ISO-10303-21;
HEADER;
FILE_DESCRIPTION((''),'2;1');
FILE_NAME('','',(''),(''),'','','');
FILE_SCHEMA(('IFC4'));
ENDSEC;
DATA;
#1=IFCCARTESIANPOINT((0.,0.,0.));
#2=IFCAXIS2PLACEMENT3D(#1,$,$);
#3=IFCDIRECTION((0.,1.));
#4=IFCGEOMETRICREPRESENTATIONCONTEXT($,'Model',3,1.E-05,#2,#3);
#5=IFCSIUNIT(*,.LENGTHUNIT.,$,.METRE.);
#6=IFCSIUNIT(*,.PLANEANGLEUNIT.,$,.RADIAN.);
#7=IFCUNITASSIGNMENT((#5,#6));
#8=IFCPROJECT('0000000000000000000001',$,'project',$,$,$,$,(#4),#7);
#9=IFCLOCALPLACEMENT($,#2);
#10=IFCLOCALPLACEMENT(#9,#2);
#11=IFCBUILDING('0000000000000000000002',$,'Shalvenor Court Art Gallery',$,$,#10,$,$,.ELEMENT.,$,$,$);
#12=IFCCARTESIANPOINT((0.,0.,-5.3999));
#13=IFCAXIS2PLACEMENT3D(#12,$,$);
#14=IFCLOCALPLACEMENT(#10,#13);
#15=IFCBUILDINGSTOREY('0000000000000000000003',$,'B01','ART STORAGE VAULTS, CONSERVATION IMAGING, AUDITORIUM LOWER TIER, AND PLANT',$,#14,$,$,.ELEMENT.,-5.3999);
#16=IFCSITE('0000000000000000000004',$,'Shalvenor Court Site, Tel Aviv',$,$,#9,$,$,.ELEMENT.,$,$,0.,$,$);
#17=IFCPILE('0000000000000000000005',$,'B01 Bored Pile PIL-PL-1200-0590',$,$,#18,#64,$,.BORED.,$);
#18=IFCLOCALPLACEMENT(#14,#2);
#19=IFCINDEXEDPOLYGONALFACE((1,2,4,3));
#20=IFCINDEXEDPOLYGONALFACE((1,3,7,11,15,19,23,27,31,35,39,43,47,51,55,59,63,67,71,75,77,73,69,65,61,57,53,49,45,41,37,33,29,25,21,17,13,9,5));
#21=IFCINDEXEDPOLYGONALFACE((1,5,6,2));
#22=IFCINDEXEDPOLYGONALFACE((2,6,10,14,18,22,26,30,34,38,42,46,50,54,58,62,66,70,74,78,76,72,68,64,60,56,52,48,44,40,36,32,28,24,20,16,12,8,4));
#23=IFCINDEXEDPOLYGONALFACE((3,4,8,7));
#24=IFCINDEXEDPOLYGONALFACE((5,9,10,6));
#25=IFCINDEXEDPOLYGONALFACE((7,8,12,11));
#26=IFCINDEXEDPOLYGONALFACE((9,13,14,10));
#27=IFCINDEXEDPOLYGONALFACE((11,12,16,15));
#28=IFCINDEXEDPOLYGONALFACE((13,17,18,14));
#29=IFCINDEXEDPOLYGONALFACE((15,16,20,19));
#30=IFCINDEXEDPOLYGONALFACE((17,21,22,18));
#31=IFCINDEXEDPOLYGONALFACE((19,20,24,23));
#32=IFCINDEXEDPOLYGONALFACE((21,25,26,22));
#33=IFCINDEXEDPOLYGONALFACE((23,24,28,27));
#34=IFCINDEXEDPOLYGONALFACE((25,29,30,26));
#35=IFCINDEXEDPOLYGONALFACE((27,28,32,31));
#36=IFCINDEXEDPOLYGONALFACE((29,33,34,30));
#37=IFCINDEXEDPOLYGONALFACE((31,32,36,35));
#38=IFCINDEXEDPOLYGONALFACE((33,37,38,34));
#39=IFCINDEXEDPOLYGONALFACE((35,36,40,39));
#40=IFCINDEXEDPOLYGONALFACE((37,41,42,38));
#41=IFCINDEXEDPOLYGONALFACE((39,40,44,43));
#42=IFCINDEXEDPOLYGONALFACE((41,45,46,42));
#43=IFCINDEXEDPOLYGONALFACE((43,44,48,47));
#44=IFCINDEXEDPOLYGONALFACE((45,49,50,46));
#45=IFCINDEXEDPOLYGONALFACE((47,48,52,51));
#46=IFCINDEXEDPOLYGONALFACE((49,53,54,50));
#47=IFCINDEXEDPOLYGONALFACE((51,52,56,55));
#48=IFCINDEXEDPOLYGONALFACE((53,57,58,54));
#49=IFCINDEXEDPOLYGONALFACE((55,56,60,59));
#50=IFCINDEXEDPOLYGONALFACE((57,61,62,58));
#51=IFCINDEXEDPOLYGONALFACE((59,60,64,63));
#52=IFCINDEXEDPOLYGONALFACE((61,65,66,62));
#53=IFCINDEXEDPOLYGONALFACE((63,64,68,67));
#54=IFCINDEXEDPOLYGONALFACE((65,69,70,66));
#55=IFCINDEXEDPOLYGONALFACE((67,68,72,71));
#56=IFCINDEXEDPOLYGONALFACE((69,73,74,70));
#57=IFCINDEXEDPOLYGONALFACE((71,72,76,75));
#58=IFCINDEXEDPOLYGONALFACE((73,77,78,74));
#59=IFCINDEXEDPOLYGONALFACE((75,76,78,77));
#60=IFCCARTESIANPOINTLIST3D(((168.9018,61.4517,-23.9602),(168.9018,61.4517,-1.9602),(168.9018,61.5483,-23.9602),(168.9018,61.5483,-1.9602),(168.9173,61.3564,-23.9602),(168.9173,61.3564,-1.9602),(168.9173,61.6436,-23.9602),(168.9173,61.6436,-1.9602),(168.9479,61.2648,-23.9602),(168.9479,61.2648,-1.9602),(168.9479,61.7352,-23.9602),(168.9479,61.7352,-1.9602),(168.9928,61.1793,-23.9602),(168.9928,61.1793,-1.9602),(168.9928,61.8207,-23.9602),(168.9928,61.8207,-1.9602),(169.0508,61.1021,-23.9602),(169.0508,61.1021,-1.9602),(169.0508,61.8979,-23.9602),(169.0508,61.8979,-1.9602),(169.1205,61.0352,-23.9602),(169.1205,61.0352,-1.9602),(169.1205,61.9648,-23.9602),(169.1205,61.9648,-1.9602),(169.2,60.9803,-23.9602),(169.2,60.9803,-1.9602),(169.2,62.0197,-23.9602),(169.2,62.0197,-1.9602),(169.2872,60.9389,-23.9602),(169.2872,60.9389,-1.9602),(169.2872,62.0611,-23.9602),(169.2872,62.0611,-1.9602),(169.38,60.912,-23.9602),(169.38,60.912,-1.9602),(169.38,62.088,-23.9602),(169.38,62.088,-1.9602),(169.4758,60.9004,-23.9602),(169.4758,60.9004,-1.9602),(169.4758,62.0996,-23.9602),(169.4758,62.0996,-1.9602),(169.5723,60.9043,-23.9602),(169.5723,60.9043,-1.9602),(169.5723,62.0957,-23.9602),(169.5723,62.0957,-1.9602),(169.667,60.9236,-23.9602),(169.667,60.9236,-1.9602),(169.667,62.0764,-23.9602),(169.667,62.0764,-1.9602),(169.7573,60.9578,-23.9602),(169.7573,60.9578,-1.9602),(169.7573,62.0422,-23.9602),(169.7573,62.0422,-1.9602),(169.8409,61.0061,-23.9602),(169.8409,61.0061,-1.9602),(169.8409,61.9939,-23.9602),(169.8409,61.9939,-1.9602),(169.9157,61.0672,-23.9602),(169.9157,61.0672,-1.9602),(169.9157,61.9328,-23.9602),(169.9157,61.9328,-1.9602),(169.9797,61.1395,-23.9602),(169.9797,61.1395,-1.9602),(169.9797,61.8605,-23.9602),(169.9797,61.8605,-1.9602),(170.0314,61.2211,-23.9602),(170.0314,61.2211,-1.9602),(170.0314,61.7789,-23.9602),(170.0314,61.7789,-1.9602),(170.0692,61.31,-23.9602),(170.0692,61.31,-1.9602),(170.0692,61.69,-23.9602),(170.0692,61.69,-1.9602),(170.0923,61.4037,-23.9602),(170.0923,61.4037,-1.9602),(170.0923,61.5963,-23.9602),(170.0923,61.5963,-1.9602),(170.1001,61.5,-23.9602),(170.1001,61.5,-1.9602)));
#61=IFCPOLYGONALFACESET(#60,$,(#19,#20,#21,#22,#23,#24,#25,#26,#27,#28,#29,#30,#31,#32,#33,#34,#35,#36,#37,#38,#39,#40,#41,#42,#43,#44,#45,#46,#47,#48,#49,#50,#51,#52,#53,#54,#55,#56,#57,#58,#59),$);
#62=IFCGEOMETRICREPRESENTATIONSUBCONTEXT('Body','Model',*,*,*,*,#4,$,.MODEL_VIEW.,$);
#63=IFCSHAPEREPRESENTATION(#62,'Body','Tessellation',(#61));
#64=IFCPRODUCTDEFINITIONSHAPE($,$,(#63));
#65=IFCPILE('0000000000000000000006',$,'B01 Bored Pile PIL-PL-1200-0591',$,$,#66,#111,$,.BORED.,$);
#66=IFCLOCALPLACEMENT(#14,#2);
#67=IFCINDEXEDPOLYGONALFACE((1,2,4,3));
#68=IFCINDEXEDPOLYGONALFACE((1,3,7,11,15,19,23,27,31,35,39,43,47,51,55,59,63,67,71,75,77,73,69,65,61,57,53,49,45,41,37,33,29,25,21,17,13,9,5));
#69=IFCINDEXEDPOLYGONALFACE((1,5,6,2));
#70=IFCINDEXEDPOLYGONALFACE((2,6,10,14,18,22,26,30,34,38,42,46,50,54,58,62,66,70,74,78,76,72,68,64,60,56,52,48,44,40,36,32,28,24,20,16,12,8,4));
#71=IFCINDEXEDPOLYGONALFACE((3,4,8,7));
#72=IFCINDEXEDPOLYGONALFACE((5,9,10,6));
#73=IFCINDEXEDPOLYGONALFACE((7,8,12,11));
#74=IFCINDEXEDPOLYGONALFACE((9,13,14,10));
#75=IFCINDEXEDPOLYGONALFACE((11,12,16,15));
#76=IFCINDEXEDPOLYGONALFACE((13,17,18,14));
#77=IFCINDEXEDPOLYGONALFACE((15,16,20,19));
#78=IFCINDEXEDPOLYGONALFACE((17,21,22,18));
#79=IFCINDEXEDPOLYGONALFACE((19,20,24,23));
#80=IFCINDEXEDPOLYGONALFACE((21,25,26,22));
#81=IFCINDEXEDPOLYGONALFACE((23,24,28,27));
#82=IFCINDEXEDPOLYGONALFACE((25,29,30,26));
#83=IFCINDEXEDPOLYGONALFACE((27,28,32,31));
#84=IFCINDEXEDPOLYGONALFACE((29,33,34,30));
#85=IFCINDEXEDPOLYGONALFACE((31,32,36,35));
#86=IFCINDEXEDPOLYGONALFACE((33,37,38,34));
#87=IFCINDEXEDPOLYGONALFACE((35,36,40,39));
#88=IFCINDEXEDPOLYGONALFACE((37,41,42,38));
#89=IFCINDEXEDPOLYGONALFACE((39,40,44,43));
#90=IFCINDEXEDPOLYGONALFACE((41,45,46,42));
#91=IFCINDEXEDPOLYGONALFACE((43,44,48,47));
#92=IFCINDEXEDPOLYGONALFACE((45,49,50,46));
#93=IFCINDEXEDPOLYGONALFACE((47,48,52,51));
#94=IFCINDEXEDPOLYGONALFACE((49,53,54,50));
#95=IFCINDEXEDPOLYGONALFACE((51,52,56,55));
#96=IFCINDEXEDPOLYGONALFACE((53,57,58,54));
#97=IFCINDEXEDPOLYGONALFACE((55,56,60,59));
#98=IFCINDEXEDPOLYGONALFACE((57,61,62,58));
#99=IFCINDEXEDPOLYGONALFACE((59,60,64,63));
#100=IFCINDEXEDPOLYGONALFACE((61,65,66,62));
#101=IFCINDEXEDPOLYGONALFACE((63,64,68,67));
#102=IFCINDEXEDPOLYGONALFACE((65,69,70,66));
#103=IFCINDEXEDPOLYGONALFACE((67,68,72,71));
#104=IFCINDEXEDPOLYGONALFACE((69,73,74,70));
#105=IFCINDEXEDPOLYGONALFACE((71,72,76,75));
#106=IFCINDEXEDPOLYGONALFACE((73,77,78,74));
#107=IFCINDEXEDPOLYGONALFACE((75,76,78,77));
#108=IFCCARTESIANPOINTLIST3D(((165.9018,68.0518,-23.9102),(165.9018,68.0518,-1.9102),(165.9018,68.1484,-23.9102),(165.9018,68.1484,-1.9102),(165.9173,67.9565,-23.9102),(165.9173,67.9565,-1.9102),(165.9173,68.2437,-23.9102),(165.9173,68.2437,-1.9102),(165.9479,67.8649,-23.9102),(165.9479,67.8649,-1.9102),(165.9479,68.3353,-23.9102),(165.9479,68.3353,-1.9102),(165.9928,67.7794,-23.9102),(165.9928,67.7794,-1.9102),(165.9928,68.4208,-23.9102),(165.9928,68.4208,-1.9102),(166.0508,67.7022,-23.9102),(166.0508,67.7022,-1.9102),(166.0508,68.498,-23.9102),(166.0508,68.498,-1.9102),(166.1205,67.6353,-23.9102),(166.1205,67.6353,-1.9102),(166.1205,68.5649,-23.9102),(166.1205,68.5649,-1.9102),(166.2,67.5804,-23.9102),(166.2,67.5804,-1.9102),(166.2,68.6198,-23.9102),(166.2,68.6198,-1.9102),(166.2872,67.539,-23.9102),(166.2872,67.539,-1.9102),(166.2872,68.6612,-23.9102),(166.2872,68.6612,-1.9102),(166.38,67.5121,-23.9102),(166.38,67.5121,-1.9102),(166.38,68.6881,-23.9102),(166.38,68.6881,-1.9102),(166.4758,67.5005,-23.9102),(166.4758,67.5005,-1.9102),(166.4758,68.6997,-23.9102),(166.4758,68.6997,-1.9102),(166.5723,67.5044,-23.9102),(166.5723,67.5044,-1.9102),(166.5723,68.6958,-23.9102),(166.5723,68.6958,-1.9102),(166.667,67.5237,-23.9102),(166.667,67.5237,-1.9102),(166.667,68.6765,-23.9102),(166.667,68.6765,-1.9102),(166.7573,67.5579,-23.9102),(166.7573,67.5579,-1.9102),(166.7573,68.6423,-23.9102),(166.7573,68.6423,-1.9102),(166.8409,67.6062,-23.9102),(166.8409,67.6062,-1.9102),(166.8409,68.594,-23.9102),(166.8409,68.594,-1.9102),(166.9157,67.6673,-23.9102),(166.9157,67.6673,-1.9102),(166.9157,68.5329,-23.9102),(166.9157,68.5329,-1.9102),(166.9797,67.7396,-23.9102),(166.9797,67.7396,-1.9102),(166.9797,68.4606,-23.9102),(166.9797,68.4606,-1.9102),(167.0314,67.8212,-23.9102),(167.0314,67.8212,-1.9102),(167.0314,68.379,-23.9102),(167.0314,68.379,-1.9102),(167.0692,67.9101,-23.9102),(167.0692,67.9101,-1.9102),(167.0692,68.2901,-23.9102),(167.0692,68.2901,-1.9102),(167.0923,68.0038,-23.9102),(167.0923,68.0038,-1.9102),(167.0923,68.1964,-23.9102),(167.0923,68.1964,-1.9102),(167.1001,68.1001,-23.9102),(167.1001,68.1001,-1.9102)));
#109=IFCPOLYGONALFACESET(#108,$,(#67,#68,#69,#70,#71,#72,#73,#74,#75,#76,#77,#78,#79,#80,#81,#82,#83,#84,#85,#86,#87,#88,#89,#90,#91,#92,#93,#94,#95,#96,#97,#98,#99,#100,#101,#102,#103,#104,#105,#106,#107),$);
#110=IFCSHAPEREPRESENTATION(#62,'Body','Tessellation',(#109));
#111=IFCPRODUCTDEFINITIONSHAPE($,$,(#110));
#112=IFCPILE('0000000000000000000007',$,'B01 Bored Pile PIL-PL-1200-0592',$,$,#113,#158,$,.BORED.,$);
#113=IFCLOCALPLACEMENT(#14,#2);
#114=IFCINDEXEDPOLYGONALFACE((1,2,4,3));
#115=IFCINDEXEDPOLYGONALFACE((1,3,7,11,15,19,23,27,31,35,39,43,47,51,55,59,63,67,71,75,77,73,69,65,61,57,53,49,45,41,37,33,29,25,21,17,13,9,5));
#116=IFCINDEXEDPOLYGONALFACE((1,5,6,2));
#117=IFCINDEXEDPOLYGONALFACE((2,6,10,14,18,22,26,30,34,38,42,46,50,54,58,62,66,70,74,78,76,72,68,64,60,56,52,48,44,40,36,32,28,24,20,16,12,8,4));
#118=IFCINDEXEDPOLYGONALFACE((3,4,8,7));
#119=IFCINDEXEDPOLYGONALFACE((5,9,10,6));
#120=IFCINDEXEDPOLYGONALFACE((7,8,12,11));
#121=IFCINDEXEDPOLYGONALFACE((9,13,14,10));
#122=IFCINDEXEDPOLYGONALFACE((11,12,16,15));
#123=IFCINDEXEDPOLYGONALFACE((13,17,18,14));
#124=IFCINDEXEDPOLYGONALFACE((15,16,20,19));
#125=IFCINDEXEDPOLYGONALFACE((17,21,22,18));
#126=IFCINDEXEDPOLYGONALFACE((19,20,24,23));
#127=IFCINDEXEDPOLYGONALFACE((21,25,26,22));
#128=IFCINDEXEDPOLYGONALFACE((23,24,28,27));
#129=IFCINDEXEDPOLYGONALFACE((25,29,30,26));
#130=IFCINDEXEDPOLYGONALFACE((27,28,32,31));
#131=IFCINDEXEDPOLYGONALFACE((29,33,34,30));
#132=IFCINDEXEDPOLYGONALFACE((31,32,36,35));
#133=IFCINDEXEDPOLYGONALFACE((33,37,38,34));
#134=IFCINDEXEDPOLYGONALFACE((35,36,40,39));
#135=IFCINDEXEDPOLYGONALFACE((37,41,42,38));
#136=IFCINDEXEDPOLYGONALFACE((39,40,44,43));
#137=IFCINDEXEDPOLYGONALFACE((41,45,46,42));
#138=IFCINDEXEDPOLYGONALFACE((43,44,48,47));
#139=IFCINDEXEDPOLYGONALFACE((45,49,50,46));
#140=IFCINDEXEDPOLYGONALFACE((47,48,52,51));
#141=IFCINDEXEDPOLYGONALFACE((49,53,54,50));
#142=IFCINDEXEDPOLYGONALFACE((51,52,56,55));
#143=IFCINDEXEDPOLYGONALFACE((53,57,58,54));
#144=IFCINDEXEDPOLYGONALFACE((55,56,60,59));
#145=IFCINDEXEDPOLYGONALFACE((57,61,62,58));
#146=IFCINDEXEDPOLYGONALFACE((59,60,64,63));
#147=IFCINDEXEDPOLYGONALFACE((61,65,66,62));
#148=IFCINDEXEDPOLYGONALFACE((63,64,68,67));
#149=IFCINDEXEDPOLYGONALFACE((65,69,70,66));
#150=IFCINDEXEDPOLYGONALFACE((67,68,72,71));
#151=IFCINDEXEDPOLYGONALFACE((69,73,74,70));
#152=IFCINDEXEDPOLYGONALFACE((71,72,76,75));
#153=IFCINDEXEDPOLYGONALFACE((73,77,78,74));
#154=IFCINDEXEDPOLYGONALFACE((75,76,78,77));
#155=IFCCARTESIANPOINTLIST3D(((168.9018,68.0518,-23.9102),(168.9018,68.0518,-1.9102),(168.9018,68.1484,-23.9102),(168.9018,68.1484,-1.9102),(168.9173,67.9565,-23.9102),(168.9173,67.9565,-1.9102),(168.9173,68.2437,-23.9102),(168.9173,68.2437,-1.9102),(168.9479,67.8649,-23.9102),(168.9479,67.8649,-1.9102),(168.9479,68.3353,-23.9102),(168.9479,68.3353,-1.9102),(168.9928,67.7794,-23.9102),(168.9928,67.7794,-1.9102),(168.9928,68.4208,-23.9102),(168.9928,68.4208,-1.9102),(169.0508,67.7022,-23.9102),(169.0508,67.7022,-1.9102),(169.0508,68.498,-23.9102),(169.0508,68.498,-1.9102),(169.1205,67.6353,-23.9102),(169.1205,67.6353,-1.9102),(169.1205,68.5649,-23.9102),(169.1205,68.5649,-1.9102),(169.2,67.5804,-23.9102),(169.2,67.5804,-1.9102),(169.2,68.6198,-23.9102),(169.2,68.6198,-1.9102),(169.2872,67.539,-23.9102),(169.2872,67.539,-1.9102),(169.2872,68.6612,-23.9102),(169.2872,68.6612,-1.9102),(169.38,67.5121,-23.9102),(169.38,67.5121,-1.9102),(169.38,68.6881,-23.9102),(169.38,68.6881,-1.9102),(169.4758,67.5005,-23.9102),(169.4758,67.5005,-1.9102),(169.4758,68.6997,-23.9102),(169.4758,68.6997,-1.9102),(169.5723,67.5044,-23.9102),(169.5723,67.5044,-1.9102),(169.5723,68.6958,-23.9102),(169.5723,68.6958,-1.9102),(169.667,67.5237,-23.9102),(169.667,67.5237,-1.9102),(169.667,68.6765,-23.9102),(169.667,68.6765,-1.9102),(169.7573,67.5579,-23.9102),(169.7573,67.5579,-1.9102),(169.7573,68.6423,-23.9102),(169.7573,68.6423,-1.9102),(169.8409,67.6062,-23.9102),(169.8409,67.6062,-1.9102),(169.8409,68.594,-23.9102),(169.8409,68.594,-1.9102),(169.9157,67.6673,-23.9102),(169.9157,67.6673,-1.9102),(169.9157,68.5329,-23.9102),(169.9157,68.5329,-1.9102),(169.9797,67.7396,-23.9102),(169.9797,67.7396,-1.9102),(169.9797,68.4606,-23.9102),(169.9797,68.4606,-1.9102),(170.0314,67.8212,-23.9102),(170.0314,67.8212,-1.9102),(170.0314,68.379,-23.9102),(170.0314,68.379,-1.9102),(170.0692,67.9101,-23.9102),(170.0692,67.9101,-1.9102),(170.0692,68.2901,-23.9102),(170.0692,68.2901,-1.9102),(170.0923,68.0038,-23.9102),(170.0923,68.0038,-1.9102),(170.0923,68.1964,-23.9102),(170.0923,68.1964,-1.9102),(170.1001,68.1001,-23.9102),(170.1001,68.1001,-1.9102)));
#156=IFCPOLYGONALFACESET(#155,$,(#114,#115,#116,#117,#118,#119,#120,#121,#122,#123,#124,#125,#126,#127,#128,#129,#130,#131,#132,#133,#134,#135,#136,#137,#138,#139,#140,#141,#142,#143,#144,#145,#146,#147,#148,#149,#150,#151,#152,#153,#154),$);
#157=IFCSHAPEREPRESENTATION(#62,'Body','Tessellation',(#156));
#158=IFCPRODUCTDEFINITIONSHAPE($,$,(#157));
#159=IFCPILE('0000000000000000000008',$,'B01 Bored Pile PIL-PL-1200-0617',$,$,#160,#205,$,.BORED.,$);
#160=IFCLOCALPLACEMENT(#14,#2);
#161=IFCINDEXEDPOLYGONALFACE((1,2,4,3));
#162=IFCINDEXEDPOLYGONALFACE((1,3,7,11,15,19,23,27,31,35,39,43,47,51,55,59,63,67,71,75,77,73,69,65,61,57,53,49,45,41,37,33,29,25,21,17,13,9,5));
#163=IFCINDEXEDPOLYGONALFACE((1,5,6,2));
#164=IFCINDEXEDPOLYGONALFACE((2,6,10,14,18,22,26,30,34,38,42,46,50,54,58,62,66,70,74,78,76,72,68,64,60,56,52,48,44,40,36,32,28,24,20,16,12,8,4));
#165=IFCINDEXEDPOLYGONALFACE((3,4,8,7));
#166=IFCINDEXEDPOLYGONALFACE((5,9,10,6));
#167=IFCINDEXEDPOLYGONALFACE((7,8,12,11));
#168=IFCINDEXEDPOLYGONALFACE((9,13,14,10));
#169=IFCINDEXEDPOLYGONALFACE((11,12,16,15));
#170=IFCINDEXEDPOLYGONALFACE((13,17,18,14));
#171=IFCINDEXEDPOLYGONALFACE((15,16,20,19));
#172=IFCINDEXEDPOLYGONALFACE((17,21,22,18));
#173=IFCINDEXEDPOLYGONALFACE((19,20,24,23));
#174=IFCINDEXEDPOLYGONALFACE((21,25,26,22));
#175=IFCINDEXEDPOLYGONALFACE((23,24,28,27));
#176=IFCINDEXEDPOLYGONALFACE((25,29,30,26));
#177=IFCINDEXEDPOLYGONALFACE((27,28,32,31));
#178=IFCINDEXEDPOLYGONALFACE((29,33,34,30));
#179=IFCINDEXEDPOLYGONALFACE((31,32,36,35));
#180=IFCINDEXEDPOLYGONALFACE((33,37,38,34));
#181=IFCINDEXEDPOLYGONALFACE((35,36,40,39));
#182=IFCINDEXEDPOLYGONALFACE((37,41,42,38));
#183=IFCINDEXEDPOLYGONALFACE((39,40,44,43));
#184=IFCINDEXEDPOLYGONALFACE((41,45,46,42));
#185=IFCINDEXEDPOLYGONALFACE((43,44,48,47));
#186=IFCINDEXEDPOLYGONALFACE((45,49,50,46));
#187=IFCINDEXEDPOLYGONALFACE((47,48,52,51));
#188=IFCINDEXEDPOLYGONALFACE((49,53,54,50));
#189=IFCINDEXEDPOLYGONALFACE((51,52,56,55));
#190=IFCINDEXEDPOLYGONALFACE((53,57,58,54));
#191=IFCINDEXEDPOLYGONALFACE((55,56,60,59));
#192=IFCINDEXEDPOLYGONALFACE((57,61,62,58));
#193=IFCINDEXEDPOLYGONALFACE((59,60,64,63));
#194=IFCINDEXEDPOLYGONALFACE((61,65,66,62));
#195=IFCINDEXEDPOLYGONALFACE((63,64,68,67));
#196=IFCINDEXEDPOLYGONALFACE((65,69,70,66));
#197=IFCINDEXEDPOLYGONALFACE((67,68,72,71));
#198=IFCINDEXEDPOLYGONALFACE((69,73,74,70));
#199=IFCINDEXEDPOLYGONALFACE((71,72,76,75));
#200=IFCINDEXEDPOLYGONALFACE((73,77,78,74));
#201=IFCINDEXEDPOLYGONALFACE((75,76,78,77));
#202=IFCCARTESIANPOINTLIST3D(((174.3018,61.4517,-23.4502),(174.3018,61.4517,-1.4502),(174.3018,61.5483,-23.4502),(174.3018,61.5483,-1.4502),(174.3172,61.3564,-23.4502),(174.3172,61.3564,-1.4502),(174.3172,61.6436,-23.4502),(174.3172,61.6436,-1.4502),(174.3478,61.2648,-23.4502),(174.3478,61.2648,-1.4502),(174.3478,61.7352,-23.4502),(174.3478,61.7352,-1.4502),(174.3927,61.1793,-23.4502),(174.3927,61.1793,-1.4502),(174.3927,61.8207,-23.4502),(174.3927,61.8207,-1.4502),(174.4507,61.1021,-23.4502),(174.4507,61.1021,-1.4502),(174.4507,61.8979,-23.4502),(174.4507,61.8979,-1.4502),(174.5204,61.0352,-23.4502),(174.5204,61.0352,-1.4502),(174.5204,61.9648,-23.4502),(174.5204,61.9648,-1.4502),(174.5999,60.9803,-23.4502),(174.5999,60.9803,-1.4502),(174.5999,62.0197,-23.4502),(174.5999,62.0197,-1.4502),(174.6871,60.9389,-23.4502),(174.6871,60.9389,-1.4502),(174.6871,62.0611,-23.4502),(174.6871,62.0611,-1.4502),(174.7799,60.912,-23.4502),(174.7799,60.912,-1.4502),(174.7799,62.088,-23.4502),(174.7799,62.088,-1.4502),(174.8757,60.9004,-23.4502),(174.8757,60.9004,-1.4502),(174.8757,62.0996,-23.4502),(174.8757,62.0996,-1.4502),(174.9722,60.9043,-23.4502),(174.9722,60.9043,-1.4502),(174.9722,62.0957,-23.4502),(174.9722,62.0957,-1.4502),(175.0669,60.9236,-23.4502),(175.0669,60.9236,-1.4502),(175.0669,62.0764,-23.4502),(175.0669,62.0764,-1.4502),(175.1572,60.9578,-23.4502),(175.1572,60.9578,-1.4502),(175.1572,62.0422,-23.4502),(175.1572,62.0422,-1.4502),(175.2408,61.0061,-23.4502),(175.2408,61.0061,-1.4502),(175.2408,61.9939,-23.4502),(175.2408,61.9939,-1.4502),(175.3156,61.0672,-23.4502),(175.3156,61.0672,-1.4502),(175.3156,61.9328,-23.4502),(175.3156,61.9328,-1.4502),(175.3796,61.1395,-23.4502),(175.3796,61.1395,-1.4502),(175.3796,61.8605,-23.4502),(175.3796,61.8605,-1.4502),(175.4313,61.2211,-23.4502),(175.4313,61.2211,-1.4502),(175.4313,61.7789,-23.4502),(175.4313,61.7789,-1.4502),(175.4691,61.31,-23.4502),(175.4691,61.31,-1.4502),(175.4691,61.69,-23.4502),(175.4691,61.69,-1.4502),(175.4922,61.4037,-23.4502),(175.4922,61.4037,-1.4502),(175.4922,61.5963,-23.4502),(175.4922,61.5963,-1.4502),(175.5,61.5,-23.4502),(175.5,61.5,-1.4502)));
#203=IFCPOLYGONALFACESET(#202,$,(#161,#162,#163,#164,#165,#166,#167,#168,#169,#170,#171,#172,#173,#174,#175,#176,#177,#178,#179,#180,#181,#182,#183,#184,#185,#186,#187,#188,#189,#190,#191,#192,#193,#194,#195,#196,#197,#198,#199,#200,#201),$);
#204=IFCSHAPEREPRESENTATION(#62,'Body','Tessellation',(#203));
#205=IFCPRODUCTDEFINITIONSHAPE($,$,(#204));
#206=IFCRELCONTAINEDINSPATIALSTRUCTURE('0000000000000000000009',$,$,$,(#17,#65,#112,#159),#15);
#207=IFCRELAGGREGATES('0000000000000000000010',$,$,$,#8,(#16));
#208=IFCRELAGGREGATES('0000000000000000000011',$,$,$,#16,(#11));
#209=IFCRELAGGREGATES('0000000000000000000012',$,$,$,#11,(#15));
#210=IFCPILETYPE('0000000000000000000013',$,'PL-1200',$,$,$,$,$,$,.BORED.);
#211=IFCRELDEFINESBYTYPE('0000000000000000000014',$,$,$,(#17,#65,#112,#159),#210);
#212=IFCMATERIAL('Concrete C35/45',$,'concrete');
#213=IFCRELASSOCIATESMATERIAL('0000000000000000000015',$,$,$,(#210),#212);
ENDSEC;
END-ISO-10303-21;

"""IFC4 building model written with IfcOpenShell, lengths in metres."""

from ifc_helpers import new_model, si_unit, direction, frame, origin, origin_2d, place, context, subcontext, project, spatial, circle, extrude, material, material_profile, profile_set, type_object, element, save


model = new_model("IFC4")

# Units and contexts
model_context = context("Model", 3, precision=1e-05, world=origin(), true_north=direction((0.0, 1.0)))
body_context = subcontext(model_context, "Body", "Model", "MODEL_VIEW")
ifc_project = project(units=[si_unit("LENGTHUNIT", "METRE"), si_unit("PLANEANGLEUNIT", "RADIAN")], contexts=[model_context])

# Site, building, storey
site_placement = place(None, origin())
site = spatial("IfcSite", under=ifc_project, at=site_placement, Name="Shalvenor Court Site, Tel Aviv", CompositionType="ELEMENT", RefElevation=0.0)
building_placement = place(site_placement, origin())
building = spatial("IfcBuilding", under=site, at=building_placement, Name="Shalvenor Court Art Gallery", CompositionType="ELEMENT")
storey_placement = place(building_placement, frame((0.0, 0.0, -5.3999)))
storey = spatial("IfcBuildingStorey", under=building, at=storey_placement, Name="B01", Description="ART STORAGE VAULTS, CONSERVATION IMAGING, AUDITORIUM LOWER TIER, AND PLANT", CompositionType="ELEMENT", Elevation=-5.3999)

# Piles
ifc_material_1 = material(Name="Concrete C35/45", Category="concrete")
ifc_material_profile_1 = material_profile(ifc_material_1, circle(Radius=0.6001, at=origin_2d()), Name="PILE 1200")
ifc_profile_set_1 = profile_set([ifc_material_profile_1], Name="Concrete C35/45")
pile_type = type_object("IfcPileType", Name="PL-1200", PredefinedType="BORED", material=ifc_profile_set_1)
for number, where, z_axis, x_axis, name in (
    (1, (169.5, 61.5, -1.9602), (0.0, 0.0, -1.0), (1.0, 0.0, 0.0), "B01 Bored Pile PIL-PL-1200-0590"),
    (2, (166.5, 68.1001, -1.9102), (0.0, 0.0, -1.0), (1.0, 0.0, 0.0), "B01 Bored Pile PIL-PL-1200-0591"),
    (3, (169.5, 68.1001, -1.9102), (0.0, 0.0, -1.0), (1.0, 0.0, 0.0), "B01 Bored Pile PIL-PL-1200-0592"),
    (4, (174.8999, 61.5, -1.4502), (0.0, 0.0, -1.0), (1.0, 0.0, 0.0), "B01 Bored Pile PIL-PL-1200-0617"),
):
    element("IfcPile", number, at=place(storey_placement, frame(where, z_axis=z_axis, x_axis=x_axis)), inside=storey, type_object=pile_type, Name=name, PredefinedType="BORED", context=body_context, shape_type="SweptSolid", body=[
        extrude(circle(Radius=0.6001, at=origin_2d()), origin(), (0.0, 0.0, 1.0), 22.0),
    ])

save(model, "model.ifc")
